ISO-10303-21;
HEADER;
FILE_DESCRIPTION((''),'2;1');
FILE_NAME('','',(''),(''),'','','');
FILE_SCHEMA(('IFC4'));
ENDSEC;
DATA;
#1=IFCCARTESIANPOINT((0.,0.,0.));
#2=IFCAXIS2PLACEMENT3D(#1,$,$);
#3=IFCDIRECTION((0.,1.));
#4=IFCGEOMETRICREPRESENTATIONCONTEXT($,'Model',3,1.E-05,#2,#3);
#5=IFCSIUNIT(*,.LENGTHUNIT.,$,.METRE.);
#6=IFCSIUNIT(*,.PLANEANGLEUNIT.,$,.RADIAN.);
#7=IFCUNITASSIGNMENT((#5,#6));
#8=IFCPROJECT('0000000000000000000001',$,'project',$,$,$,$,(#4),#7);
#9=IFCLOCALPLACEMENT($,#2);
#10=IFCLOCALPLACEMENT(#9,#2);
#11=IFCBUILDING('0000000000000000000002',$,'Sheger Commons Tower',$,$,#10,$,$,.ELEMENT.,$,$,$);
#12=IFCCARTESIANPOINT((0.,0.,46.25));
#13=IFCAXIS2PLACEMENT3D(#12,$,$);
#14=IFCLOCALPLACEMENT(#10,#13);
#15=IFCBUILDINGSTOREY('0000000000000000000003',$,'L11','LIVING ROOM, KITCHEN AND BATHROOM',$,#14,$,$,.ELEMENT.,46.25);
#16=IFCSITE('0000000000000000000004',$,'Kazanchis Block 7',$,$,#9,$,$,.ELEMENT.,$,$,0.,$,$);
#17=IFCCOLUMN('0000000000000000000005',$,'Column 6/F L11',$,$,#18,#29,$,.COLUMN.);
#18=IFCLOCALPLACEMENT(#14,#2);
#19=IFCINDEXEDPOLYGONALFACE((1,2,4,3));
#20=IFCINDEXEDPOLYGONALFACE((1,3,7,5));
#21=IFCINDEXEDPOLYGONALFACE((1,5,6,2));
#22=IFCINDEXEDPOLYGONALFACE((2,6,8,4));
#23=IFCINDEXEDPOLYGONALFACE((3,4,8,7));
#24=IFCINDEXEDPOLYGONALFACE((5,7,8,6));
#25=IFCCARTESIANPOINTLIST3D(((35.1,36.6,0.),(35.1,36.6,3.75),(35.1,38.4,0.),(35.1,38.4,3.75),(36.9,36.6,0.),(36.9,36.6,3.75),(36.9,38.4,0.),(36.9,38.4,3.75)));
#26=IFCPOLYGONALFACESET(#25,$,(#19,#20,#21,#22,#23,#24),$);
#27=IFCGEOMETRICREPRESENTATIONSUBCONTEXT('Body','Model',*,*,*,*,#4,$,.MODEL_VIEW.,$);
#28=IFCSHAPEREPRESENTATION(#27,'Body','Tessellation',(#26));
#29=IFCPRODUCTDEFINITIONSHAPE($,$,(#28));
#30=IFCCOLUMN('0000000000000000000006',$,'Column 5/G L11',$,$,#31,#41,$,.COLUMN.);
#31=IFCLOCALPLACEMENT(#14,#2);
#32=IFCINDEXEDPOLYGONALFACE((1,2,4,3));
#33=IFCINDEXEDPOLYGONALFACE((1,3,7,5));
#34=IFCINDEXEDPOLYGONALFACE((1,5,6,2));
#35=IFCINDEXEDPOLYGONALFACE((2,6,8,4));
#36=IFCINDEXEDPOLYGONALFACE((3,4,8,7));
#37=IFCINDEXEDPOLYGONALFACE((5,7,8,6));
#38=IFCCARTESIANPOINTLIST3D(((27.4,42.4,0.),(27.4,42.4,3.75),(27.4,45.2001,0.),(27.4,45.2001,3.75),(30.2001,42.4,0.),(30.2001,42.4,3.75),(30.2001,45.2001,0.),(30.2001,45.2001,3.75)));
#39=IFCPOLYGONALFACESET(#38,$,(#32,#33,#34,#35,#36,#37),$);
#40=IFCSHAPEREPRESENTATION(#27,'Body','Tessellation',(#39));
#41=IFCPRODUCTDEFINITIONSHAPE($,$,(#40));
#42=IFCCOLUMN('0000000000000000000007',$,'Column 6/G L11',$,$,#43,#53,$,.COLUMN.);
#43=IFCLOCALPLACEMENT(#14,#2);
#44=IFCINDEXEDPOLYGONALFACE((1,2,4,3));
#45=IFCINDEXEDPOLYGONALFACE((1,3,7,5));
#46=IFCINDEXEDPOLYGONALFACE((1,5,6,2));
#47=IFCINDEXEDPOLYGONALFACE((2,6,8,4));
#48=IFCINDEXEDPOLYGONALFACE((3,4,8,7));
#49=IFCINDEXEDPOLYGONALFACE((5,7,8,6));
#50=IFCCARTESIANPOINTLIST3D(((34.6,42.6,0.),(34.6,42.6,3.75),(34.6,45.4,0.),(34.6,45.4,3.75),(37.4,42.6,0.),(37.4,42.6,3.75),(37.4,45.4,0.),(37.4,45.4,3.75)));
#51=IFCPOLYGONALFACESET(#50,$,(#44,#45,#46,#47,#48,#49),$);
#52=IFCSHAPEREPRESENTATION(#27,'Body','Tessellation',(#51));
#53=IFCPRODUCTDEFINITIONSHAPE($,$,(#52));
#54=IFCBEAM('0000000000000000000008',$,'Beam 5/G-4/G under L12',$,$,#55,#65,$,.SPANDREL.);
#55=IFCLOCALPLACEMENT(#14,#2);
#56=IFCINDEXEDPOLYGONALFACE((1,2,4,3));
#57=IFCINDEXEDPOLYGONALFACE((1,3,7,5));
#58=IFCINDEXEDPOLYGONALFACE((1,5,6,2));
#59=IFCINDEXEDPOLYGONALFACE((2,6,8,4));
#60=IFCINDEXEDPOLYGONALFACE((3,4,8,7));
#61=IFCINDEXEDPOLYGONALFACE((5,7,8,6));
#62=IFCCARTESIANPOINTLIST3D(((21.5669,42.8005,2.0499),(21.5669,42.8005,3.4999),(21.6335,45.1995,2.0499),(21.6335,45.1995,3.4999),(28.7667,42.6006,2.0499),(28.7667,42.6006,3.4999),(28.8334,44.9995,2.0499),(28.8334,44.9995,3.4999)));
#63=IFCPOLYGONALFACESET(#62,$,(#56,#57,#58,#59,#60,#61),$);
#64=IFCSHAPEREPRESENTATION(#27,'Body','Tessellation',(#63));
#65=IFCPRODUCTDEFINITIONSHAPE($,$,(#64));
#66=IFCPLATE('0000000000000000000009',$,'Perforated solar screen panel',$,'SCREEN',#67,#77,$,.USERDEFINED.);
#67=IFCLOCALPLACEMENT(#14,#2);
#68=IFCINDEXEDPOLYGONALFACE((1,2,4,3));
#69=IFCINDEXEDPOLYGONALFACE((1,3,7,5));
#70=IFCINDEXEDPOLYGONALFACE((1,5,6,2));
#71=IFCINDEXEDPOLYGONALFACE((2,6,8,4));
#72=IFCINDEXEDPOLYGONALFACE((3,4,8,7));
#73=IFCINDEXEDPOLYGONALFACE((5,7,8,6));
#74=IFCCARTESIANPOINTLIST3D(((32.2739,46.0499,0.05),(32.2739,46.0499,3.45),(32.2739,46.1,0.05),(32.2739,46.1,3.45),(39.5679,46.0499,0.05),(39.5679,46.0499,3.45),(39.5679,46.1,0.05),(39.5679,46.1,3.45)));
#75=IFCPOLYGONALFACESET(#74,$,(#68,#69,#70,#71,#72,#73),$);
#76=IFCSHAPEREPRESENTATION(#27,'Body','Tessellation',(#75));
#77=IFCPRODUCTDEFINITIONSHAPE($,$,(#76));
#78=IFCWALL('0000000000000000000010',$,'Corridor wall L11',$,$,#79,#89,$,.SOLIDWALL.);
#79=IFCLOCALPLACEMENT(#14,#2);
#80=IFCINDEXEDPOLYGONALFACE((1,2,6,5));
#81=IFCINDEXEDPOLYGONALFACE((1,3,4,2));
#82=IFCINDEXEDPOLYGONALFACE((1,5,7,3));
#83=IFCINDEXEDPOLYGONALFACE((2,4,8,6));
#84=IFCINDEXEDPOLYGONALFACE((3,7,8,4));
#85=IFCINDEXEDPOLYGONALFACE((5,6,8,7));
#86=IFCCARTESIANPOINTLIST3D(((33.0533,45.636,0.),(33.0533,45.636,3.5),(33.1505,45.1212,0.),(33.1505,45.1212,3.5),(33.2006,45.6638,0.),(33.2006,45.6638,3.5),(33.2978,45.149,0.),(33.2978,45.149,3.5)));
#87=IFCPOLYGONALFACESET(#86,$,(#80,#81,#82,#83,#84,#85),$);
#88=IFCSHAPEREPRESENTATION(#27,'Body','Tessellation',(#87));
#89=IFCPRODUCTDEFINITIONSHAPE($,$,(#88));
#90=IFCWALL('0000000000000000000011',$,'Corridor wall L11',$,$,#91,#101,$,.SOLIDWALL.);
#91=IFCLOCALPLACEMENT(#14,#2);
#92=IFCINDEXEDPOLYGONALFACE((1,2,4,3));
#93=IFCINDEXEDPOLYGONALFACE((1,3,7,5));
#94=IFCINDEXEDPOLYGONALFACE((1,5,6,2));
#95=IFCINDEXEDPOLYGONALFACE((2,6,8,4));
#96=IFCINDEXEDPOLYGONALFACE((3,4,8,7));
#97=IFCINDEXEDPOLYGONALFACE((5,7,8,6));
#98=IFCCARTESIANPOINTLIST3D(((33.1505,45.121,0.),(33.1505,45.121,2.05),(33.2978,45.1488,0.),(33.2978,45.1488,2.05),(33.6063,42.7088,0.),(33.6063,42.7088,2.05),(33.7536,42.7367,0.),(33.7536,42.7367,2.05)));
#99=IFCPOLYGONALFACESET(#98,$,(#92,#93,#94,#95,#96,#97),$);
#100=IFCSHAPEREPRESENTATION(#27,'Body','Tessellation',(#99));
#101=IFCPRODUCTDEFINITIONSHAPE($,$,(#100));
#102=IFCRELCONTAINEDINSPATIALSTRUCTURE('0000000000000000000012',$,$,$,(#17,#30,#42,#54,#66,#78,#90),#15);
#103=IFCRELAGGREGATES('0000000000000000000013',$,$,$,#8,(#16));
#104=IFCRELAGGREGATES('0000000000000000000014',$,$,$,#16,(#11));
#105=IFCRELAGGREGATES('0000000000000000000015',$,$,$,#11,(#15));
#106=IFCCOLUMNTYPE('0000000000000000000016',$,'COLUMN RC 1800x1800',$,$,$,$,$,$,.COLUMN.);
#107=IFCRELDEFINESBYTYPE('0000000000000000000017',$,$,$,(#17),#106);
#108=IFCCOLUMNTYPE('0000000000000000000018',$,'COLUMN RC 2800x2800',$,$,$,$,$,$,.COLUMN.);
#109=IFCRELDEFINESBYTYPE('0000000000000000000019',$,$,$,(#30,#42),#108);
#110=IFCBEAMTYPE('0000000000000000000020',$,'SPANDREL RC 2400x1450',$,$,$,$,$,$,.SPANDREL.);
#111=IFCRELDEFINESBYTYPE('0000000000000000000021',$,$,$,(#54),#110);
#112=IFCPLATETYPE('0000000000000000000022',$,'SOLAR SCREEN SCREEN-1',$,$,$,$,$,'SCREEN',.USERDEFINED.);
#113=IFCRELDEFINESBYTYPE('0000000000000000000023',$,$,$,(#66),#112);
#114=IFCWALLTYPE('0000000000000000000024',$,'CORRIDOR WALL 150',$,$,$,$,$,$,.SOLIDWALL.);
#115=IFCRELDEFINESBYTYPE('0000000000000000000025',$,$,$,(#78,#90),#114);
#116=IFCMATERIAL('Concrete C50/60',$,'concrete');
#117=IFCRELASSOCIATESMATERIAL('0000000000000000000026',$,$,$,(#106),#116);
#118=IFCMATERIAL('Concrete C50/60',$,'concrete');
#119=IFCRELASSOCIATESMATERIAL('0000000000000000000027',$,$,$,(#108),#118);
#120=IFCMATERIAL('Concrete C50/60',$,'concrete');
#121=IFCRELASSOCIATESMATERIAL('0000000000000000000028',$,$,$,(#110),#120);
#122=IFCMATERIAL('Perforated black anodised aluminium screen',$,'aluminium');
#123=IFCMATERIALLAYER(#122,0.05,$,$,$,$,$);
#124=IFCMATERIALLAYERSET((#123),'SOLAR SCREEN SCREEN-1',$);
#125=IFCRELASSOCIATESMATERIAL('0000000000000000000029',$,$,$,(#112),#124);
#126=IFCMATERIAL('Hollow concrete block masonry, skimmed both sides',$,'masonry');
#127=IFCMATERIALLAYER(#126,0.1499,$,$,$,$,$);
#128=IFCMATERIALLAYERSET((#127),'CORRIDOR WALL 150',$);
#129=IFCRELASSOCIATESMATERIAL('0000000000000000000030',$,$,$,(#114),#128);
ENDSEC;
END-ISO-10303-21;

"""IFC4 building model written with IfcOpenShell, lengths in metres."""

from ifc_helpers import new_model, si_unit, direction, frame, frame_2d, origin, origin_2d, place, context, subcontext, project, spatial, rectangle, extrude, material, layer, layer_set, material_profile, profile_set, type_object, element, save


model = new_model("IFC4")

# Units and contexts
model_context = context("Model", 3, precision=1e-05, world=origin(), true_north=direction((0.0, 1.0)))
body_context = subcontext(model_context, "Body", "Model", "MODEL_VIEW")
ifc_project = project(units=[si_unit("LENGTHUNIT", "METRE"), si_unit("PLANEANGLEUNIT", "RADIAN")], contexts=[model_context])

# Site, building, storey
site_placement = place(None, origin())
site = spatial("IfcSite", under=ifc_project, at=site_placement, Name="Kazanchis Block 7", CompositionType="ELEMENT", RefElevation=0.0)
building_placement = place(site_placement, origin())
building = spatial("IfcBuilding", under=site, at=building_placement, Name="Sheger Commons Tower", CompositionType="ELEMENT")
storey_placement = place(building_placement, frame((0.0, 0.0, 46.25)))
storey = spatial("IfcBuildingStorey", under=building, at=storey_placement, Name="L11", Description="LIVING ROOM, KITCHEN AND BATHROOM", CompositionType="ELEMENT", Elevation=46.25)

# Columns
ifc_material_1 = material(Name="Concrete C50/60", Category="concrete")
ifc_material_profile_1 = material_profile(ifc_material_1, rectangle(XDim=1.8, YDim=1.8, at=origin_2d()), Name="RC 1800x1800")
ifc_profile_set_1 = profile_set([ifc_material_profile_1], Name="Concrete C50/60")
column_type_1 = type_object("IfcColumnType", Name="COLUMN RC 1800x1800", PredefinedType="COLUMN", material=ifc_profile_set_1)
column_placement = place(storey_placement, frame((36.0, 37.5, 0.0), z_axis=(0.0, 0.0, 1.0), x_axis=(1.0, 0.0, 0.0)))
element("IfcColumn", 1, at=column_placement, inside=storey, type_object=column_type_1, Name="Column 6/F L11", PredefinedType="COLUMN", context=body_context, shape_type="SweptSolid", body=[
    extrude(rectangle(XDim=1.8, YDim=1.8, at=origin_2d()), origin(), (0.0, 0.0, 1.0), 3.75),
])
ifc_material_2 = material(Name="Concrete C50/60", Category="concrete")
ifc_material_profile_2 = material_profile(ifc_material_2, rectangle(XDim=2.8, YDim=2.8, at=origin_2d()), Name="RC 2800x2800")
ifc_profile_set_2 = profile_set([ifc_material_profile_2], Name="Concrete C50/60")
column_type_2 = type_object("IfcColumnType", Name="COLUMN RC 2800x2800", PredefinedType="COLUMN", material=ifc_profile_set_2)
for number, where, z_axis, x_axis, name in (
    (2, (28.8, 43.8, 0.0), (0.0, 0.0, 1.0), (1.0, 0.0, 0.0), "Column 5/G L11"),
    (3, (36.0, 44.0, 0.0), (0.0, 0.0, 1.0), (1.0, 0.0, 0.0), "Column 6/G L11"),
):
    element("IfcColumn", number, at=place(storey_placement, frame(where, z_axis=z_axis, x_axis=x_axis)), inside=storey, type_object=column_type_2, Name=name, PredefinedType="COLUMN", context=body_context, shape_type="SweptSolid", body=[
        extrude(rectangle(XDim=2.8, YDim=2.8, at=origin_2d()), origin(), (0.0, 0.0, 1.0), 3.75),
    ])

# Beam
ifc_material_3 = material(Name="Concrete C50/60", Category="concrete")
ifc_material_profile_3 = material_profile(ifc_material_3, rectangle(XDim=2.3999, YDim=1.45, at=origin_2d()), Name="RC 2400x1450")
ifc_profile_set_3 = profile_set([ifc_material_profile_3], Name="Concrete C50/60")
beam_type = type_object("IfcBeamType", Name="SPANDREL RC 2400x1450", PredefinedType="SPANDREL", material=ifc_profile_set_3)
beam_placement = place(storey_placement, frame((28.8, 43.8, 2.7749), z_axis=(-0.999615, 0.02776, 0.0), x_axis=(-0.02776, -0.999615, 0.0)))
element("IfcBeam", 4, at=beam_placement, inside=storey, type_object=beam_type, Name="Beam 5/G-4/G under L12", PredefinedType="SPANDREL", context=body_context, shape_type="SweptSolid", body=[
    extrude(rectangle(XDim=2.3999, YDim=1.45, at=origin_2d()), origin(), (0.0, 0.0, 1.0), 7.2026),
])

# Plate
ifc_material_4 = material(Name="Perforated black anodised aluminium screen", Category="aluminium")
ifc_layer_1 = layer(ifc_material_4, 0.05)
ifc_layer_set_1 = layer_set([ifc_layer_1], Name="SOLAR SCREEN SCREEN-1")
plate_type = type_object("IfcPlateType", Name="SOLAR SCREEN SCREEN-1", ElementType="SCREEN", PredefinedType="USERDEFINED", material=ifc_layer_set_1)
plate_placement = place(storey_placement, frame((35.9209, 46.075, 0.05), z_axis=(0.0, 0.0, 1.0), x_axis=(-1.0, 0.0, 0.0)))
element("IfcPlate", 5, at=plate_placement, inside=storey, type_object=plate_type, Name="Perforated solar screen panel", ObjectType="SCREEN", PredefinedType="USERDEFINED", context=body_context, shape_type="SweptSolid", body=[
    extrude(rectangle(XDim=7.2939, YDim=0.05, at=origin_2d()), origin(), (0.0, 0.0, 1.0), 3.3999),
])

# Walls
ifc_material_5 = material(Name="Hollow concrete block masonry, skimmed both sides", Category="masonry")
ifc_layer_2 = layer(ifc_material_5, 0.1499)
ifc_layer_set_2 = layer_set([ifc_layer_2], Name="CORRIDOR WALL 150")
wall_type_1 = type_object("IfcWallType", Name="CORRIDOR WALL 150", PredefinedType="SOLIDWALL", material=ifc_layer_set_2)
wall_1_placement = place(storey_placement, frame((33.127, 45.6499, 0.0), z_axis=(0.0, 0.0, 1.0), x_axis=(0.185442, -0.982655, 0.0)))
element("IfcWall", 6, at=wall_1_placement, inside=storey, type_object=wall_type_1, Name="Corridor wall L11", PredefinedType="SOLIDWALL", context=body_context, shape_type="SweptSolid", body=[
    extrude(rectangle(XDim=0.5239, YDim=0.1499, at=frame_2d((0.262, 0.0))), origin(), (0.0, 0.0, 1.0), 3.5),
])
wall_2_placement = place(storey_placement, frame((33.2241, 45.135, 0.0), z_axis=(0.0, 0.0, 1.0), x_axis=(0.185681, -0.98261, 0.0)))
element("IfcWall", 7, at=wall_2_placement, inside=storey, type_object=wall_type_1, Name="Corridor wall L11", PredefinedType="SOLIDWALL", context=body_context, shape_type="SweptSolid", body=[
    extrude(rectangle(XDim=2.4548, YDim=0.1499, at=frame_2d((1.2275, 0.0))), origin(), (0.0, 0.0, 1.0), 2.05),
])

save(model, "model.ifc")
